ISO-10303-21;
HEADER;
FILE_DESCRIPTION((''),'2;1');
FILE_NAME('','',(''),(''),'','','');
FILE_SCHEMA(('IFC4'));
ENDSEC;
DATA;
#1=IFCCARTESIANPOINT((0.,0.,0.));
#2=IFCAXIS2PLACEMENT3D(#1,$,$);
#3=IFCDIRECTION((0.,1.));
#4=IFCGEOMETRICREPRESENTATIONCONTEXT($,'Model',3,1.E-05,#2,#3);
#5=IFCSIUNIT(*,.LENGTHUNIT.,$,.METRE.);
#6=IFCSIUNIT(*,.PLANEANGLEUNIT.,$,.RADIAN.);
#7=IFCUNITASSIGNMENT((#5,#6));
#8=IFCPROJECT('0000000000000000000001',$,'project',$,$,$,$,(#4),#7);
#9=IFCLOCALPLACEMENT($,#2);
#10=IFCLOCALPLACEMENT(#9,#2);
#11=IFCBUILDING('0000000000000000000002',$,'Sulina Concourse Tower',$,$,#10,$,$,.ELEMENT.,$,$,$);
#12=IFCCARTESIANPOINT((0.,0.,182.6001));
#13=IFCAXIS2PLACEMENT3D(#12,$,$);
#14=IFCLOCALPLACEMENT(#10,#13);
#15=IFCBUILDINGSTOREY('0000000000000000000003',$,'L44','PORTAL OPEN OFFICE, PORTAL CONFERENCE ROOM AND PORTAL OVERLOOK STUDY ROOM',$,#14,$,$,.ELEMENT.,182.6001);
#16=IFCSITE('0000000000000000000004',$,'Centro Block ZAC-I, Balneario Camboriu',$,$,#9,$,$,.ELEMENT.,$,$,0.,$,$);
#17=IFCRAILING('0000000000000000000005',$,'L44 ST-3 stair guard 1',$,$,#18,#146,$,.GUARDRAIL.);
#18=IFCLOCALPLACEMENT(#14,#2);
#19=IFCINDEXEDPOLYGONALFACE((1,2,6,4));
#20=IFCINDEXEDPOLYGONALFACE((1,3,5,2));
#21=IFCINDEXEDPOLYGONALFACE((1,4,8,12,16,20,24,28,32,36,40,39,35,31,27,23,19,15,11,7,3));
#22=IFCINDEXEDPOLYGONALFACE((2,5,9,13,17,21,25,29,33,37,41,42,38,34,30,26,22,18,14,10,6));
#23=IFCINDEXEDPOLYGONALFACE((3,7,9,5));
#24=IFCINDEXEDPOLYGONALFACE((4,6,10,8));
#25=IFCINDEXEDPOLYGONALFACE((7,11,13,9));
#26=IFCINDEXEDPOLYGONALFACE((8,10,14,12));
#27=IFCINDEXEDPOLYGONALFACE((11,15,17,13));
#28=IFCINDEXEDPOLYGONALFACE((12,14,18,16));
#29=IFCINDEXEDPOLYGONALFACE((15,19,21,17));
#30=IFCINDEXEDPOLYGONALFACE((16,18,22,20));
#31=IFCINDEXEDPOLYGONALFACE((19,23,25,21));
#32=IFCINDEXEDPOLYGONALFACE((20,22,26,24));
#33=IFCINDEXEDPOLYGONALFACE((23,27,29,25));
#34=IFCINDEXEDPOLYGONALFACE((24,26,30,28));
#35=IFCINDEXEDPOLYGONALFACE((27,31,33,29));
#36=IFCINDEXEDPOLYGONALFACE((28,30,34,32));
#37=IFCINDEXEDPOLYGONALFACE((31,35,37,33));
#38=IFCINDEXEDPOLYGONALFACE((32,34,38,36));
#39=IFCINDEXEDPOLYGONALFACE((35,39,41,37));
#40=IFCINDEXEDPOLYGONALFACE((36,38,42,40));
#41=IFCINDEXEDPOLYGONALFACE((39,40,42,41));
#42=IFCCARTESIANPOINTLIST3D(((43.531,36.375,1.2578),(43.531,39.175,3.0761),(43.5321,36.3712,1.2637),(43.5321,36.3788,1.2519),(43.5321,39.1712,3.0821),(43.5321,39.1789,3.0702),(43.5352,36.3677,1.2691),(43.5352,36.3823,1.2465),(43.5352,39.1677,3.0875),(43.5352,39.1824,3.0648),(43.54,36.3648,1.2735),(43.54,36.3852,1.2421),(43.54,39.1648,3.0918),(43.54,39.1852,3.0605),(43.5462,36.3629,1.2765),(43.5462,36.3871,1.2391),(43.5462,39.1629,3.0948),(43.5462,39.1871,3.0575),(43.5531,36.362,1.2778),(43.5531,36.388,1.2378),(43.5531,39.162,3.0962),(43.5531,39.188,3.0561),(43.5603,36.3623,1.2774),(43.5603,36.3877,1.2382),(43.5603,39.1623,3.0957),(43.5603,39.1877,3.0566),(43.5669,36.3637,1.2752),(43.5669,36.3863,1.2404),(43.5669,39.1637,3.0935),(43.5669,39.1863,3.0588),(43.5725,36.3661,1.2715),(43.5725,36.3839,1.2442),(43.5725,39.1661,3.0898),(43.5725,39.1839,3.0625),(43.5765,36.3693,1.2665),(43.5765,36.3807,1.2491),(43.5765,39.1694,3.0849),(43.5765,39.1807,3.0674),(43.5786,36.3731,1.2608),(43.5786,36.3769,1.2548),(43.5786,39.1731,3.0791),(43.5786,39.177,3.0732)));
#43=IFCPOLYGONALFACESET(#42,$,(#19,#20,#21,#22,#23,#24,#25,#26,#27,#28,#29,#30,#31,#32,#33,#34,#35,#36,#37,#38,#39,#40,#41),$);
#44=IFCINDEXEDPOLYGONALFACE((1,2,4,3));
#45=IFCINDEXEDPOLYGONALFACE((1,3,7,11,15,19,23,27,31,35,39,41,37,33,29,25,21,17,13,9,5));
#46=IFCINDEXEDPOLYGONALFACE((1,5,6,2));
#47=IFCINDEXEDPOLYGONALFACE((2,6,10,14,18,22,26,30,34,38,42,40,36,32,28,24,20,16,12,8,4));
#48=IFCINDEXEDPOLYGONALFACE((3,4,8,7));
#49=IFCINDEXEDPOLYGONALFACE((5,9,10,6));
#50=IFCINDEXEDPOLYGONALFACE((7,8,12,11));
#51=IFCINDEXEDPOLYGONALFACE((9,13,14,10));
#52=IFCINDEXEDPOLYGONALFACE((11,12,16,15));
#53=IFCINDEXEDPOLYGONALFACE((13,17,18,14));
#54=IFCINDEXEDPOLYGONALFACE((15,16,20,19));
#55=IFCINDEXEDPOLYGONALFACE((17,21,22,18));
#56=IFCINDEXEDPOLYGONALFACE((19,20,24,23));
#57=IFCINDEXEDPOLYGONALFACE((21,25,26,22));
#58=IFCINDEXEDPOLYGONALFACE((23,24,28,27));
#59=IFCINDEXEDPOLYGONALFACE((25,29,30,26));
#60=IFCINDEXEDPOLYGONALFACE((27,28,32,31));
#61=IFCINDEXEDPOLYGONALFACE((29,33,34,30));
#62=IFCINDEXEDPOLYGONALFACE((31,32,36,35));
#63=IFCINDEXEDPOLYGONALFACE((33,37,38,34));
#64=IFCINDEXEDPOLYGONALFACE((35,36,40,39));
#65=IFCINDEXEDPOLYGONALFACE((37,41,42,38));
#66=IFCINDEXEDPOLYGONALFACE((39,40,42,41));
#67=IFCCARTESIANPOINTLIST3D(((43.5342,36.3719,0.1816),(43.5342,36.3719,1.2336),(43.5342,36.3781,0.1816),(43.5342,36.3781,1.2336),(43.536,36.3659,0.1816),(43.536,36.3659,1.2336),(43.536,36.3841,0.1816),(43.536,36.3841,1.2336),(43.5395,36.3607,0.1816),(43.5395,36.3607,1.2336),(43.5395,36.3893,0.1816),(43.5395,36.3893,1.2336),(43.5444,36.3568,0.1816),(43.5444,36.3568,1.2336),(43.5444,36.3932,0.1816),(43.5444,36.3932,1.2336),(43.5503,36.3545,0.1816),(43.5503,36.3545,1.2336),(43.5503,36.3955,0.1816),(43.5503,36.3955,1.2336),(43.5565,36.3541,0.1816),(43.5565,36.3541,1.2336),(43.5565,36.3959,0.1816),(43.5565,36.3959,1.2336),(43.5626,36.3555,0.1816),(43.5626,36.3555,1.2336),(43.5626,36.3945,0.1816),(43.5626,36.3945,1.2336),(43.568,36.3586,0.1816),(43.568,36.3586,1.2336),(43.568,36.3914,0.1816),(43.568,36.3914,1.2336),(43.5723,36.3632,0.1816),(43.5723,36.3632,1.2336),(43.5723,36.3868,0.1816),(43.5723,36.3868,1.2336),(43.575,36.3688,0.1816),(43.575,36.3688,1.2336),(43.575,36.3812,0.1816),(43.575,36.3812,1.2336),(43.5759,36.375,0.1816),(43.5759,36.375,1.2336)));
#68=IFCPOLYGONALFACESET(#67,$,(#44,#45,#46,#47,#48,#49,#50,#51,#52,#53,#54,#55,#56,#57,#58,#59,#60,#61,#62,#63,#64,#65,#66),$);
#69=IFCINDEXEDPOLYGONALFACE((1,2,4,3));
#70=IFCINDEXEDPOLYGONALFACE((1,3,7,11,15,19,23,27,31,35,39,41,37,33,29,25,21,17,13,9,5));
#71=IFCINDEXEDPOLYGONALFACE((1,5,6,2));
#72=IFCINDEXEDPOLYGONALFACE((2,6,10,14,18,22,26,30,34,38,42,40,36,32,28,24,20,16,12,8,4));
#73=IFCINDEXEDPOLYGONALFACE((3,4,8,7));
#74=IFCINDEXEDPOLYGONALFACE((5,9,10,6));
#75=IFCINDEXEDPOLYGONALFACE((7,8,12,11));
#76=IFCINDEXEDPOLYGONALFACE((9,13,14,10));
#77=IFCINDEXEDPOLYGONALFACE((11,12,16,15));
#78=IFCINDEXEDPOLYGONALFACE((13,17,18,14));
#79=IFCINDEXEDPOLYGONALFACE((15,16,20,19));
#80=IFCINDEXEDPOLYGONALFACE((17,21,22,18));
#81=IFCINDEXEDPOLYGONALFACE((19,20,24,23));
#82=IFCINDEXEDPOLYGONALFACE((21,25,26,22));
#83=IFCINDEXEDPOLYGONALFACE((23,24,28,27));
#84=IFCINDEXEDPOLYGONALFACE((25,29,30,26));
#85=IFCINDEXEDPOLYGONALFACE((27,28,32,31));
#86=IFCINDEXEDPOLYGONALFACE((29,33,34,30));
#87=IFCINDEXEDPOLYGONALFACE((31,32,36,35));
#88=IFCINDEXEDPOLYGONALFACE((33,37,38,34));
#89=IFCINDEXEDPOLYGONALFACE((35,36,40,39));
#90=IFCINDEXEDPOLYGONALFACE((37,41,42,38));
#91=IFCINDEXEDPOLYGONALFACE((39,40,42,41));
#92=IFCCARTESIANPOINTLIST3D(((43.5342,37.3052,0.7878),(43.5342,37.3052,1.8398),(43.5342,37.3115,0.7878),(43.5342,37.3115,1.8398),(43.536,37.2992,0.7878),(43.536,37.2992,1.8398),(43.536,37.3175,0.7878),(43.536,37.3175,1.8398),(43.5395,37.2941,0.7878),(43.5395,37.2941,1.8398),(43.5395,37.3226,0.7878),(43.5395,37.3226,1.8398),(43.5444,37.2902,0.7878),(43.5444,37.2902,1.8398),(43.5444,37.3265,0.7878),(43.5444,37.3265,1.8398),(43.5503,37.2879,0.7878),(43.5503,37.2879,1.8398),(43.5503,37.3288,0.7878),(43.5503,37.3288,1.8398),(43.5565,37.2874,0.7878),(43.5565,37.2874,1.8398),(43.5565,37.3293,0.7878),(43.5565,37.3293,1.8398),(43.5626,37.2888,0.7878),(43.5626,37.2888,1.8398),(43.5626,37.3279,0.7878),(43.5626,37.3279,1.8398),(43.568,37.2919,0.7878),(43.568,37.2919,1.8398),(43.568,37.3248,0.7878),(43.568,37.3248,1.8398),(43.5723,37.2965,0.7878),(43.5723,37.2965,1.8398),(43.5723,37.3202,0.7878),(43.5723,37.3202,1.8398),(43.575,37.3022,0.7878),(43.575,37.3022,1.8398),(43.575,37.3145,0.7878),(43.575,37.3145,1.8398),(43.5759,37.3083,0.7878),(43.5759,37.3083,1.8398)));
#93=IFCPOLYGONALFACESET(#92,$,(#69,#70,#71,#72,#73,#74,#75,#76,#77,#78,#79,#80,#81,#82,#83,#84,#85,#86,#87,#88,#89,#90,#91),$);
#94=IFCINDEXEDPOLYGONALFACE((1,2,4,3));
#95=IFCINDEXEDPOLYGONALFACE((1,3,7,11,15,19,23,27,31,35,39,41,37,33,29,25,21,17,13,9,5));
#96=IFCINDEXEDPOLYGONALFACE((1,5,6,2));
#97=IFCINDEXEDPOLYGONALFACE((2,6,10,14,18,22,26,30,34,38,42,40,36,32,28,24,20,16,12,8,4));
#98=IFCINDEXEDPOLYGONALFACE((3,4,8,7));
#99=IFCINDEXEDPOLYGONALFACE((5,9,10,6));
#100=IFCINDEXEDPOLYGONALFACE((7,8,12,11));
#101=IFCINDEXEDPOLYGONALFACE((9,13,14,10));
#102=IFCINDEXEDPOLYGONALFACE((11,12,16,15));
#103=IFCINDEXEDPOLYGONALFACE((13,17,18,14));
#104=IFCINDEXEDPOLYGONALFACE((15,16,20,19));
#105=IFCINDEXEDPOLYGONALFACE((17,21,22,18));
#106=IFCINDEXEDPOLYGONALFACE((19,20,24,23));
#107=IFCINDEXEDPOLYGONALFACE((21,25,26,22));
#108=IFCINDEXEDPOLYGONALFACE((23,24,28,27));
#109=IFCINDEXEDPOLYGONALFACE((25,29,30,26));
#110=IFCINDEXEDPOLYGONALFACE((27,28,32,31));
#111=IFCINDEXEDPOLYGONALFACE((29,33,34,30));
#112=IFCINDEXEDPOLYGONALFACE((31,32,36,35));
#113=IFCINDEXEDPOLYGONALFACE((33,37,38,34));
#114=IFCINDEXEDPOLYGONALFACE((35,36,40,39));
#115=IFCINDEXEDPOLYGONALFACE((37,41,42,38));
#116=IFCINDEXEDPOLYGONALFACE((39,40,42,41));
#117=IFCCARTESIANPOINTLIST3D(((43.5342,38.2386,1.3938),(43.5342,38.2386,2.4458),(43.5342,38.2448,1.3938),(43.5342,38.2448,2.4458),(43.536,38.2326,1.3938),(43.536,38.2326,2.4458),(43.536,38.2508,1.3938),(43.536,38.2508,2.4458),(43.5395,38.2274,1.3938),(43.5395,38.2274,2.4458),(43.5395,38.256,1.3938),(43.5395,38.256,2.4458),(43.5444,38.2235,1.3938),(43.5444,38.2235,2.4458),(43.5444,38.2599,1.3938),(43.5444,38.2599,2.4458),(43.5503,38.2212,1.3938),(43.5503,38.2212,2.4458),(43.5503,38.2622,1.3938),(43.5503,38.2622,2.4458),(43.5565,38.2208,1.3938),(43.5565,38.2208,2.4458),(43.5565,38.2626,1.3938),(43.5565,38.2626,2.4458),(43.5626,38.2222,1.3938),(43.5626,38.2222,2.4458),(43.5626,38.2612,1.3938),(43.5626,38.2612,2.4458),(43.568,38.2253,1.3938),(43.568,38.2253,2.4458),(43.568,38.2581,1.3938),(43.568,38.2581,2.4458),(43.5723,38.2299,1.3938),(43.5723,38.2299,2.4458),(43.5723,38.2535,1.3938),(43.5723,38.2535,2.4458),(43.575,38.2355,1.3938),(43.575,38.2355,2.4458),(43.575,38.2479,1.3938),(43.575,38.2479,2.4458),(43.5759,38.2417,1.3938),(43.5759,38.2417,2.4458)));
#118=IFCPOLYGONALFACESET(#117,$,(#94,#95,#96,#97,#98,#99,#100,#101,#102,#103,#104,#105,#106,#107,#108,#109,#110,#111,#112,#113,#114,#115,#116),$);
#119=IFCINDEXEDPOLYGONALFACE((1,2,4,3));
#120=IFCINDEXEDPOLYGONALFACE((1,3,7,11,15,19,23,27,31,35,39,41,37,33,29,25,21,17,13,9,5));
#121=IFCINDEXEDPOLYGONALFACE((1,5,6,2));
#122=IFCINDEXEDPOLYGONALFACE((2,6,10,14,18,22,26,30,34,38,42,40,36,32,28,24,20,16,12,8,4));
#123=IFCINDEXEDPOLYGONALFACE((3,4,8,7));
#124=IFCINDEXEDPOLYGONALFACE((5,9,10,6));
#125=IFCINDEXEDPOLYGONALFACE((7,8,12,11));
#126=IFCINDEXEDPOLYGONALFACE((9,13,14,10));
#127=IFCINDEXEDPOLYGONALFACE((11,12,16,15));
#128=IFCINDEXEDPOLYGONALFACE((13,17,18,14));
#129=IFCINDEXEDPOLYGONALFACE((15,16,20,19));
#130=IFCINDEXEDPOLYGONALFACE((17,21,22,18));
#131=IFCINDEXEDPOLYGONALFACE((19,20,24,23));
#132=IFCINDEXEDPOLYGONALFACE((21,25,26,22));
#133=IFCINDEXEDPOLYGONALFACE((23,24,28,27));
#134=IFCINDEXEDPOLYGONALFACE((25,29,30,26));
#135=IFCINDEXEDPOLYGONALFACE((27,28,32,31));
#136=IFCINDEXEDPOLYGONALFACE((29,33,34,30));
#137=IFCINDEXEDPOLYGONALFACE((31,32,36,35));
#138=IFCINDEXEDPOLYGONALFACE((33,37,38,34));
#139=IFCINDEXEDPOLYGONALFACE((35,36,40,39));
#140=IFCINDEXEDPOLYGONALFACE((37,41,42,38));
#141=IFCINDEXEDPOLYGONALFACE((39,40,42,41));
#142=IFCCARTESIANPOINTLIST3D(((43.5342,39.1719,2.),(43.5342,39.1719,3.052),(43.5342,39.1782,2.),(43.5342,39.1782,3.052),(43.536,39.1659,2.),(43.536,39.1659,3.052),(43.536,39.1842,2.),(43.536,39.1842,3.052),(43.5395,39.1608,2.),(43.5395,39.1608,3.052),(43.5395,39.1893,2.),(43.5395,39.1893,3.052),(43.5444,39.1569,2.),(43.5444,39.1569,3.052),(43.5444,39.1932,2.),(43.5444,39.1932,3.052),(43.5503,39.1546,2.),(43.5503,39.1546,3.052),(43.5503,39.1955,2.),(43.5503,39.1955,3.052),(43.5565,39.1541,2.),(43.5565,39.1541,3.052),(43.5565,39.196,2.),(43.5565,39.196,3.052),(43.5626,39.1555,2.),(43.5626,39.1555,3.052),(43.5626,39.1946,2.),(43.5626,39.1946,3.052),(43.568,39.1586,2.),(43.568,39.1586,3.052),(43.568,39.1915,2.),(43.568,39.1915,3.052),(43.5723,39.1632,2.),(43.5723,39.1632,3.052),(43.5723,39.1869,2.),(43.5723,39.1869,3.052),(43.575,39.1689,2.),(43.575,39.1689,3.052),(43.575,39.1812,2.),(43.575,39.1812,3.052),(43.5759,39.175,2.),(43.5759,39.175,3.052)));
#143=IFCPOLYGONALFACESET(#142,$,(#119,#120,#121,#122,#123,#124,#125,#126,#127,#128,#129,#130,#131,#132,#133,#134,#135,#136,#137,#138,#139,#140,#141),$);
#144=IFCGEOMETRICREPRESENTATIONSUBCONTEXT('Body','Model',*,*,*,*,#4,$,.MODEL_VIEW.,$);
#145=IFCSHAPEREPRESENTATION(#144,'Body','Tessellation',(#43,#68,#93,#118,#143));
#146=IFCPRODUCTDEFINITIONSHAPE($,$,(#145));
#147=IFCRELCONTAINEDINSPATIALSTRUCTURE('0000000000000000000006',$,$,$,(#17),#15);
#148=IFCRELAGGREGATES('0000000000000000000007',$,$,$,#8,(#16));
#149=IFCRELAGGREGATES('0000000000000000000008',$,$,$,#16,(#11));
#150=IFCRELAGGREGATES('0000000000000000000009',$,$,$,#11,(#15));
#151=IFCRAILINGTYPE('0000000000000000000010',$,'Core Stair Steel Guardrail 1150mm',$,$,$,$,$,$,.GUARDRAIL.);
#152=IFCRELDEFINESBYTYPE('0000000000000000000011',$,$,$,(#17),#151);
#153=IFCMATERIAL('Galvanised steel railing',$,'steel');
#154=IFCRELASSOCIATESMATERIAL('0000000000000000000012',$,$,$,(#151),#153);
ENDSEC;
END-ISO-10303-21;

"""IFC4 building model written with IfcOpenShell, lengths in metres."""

from ifc_helpers import new_model, si_unit, direction, frame, origin, origin_2d, place, context, subcontext, project, spatial, circle, extrude, material, type_object, element, save


model = new_model("IFC4")

# Units and contexts
model_context = context("Model", 3, precision=1e-05, world=origin(), true_north=direction((0.0, 1.0)))
body_context = subcontext(model_context, "Body", "Model", "MODEL_VIEW")
ifc_project = project(units=[si_unit("LENGTHUNIT", "METRE"), si_unit("PLANEANGLEUNIT", "RADIAN")], contexts=[model_context])

# Site, building, storey
site_placement = place(None, origin())
site = spatial("IfcSite", under=ifc_project, at=site_placement, Name="Centro Block ZAC-I, Balneario Camboriu", CompositionType="ELEMENT", RefElevation=0.0)
building_placement = place(site_placement, origin())
building = spatial("IfcBuilding", under=site, at=building_placement, Name="Sulina Concourse Tower", CompositionType="ELEMENT")
storey_placement = place(building_placement, frame((0.0, 0.0, 182.6001)))
storey = spatial("IfcBuildingStorey", under=building, at=storey_placement, Name="L44", Description="PORTAL OPEN OFFICE, PORTAL CONFERENCE ROOM AND PORTAL OVERLOOK STUDY ROOM", CompositionType="ELEMENT", Elevation=182.6001)

# Railing
ifc_material_1 = material(Name="Galvanised steel railing", Category="steel")
railing_type_1 = type_object("IfcRailingType", Name="Core Stair Steel Guardrail 1150mm", PredefinedType="GUARDRAIL", material=ifc_material_1)
railing_1_placement = place(storey_placement, frame((43.5549, 36.375, 0.1816)))
element("IfcRailing", 1, at=railing_1_placement, inside=storey, type_object=railing_type_1, Name="L44 ST-3 stair guard 1", PredefinedType="GUARDRAIL", context=body_context, shape_type="SweptSolid", body=[
    extrude(circle(Radius=0.0239, at=origin_2d()), frame((0.0, 0.0, 1.0762), z_axis=(0.0, 0.838672, 0.544636), x_axis=(-1.0, 0.0, 0.0)), (0.0, 0.0, 1.0), 3.3386),
    extrude(circle(Radius=0.021, at=origin_2d()), origin(), (0.0, 0.0, 1.0), 1.052),
    extrude(circle(Radius=0.021, at=origin_2d()), frame((0.0, 0.9333, 0.6062)), (0.0, 0.0, 1.0), 1.052),
    extrude(circle(Radius=0.021, at=origin_2d()), frame((0.0, 1.8667, 1.2122)), (0.0, 0.0, 1.0), 1.052),
    extrude(circle(Radius=0.021, at=origin_2d()), frame((0.0, 2.8, 1.8184)), (0.0, 0.0, 1.0), 1.052),
])

save(model, "model.ifc")
